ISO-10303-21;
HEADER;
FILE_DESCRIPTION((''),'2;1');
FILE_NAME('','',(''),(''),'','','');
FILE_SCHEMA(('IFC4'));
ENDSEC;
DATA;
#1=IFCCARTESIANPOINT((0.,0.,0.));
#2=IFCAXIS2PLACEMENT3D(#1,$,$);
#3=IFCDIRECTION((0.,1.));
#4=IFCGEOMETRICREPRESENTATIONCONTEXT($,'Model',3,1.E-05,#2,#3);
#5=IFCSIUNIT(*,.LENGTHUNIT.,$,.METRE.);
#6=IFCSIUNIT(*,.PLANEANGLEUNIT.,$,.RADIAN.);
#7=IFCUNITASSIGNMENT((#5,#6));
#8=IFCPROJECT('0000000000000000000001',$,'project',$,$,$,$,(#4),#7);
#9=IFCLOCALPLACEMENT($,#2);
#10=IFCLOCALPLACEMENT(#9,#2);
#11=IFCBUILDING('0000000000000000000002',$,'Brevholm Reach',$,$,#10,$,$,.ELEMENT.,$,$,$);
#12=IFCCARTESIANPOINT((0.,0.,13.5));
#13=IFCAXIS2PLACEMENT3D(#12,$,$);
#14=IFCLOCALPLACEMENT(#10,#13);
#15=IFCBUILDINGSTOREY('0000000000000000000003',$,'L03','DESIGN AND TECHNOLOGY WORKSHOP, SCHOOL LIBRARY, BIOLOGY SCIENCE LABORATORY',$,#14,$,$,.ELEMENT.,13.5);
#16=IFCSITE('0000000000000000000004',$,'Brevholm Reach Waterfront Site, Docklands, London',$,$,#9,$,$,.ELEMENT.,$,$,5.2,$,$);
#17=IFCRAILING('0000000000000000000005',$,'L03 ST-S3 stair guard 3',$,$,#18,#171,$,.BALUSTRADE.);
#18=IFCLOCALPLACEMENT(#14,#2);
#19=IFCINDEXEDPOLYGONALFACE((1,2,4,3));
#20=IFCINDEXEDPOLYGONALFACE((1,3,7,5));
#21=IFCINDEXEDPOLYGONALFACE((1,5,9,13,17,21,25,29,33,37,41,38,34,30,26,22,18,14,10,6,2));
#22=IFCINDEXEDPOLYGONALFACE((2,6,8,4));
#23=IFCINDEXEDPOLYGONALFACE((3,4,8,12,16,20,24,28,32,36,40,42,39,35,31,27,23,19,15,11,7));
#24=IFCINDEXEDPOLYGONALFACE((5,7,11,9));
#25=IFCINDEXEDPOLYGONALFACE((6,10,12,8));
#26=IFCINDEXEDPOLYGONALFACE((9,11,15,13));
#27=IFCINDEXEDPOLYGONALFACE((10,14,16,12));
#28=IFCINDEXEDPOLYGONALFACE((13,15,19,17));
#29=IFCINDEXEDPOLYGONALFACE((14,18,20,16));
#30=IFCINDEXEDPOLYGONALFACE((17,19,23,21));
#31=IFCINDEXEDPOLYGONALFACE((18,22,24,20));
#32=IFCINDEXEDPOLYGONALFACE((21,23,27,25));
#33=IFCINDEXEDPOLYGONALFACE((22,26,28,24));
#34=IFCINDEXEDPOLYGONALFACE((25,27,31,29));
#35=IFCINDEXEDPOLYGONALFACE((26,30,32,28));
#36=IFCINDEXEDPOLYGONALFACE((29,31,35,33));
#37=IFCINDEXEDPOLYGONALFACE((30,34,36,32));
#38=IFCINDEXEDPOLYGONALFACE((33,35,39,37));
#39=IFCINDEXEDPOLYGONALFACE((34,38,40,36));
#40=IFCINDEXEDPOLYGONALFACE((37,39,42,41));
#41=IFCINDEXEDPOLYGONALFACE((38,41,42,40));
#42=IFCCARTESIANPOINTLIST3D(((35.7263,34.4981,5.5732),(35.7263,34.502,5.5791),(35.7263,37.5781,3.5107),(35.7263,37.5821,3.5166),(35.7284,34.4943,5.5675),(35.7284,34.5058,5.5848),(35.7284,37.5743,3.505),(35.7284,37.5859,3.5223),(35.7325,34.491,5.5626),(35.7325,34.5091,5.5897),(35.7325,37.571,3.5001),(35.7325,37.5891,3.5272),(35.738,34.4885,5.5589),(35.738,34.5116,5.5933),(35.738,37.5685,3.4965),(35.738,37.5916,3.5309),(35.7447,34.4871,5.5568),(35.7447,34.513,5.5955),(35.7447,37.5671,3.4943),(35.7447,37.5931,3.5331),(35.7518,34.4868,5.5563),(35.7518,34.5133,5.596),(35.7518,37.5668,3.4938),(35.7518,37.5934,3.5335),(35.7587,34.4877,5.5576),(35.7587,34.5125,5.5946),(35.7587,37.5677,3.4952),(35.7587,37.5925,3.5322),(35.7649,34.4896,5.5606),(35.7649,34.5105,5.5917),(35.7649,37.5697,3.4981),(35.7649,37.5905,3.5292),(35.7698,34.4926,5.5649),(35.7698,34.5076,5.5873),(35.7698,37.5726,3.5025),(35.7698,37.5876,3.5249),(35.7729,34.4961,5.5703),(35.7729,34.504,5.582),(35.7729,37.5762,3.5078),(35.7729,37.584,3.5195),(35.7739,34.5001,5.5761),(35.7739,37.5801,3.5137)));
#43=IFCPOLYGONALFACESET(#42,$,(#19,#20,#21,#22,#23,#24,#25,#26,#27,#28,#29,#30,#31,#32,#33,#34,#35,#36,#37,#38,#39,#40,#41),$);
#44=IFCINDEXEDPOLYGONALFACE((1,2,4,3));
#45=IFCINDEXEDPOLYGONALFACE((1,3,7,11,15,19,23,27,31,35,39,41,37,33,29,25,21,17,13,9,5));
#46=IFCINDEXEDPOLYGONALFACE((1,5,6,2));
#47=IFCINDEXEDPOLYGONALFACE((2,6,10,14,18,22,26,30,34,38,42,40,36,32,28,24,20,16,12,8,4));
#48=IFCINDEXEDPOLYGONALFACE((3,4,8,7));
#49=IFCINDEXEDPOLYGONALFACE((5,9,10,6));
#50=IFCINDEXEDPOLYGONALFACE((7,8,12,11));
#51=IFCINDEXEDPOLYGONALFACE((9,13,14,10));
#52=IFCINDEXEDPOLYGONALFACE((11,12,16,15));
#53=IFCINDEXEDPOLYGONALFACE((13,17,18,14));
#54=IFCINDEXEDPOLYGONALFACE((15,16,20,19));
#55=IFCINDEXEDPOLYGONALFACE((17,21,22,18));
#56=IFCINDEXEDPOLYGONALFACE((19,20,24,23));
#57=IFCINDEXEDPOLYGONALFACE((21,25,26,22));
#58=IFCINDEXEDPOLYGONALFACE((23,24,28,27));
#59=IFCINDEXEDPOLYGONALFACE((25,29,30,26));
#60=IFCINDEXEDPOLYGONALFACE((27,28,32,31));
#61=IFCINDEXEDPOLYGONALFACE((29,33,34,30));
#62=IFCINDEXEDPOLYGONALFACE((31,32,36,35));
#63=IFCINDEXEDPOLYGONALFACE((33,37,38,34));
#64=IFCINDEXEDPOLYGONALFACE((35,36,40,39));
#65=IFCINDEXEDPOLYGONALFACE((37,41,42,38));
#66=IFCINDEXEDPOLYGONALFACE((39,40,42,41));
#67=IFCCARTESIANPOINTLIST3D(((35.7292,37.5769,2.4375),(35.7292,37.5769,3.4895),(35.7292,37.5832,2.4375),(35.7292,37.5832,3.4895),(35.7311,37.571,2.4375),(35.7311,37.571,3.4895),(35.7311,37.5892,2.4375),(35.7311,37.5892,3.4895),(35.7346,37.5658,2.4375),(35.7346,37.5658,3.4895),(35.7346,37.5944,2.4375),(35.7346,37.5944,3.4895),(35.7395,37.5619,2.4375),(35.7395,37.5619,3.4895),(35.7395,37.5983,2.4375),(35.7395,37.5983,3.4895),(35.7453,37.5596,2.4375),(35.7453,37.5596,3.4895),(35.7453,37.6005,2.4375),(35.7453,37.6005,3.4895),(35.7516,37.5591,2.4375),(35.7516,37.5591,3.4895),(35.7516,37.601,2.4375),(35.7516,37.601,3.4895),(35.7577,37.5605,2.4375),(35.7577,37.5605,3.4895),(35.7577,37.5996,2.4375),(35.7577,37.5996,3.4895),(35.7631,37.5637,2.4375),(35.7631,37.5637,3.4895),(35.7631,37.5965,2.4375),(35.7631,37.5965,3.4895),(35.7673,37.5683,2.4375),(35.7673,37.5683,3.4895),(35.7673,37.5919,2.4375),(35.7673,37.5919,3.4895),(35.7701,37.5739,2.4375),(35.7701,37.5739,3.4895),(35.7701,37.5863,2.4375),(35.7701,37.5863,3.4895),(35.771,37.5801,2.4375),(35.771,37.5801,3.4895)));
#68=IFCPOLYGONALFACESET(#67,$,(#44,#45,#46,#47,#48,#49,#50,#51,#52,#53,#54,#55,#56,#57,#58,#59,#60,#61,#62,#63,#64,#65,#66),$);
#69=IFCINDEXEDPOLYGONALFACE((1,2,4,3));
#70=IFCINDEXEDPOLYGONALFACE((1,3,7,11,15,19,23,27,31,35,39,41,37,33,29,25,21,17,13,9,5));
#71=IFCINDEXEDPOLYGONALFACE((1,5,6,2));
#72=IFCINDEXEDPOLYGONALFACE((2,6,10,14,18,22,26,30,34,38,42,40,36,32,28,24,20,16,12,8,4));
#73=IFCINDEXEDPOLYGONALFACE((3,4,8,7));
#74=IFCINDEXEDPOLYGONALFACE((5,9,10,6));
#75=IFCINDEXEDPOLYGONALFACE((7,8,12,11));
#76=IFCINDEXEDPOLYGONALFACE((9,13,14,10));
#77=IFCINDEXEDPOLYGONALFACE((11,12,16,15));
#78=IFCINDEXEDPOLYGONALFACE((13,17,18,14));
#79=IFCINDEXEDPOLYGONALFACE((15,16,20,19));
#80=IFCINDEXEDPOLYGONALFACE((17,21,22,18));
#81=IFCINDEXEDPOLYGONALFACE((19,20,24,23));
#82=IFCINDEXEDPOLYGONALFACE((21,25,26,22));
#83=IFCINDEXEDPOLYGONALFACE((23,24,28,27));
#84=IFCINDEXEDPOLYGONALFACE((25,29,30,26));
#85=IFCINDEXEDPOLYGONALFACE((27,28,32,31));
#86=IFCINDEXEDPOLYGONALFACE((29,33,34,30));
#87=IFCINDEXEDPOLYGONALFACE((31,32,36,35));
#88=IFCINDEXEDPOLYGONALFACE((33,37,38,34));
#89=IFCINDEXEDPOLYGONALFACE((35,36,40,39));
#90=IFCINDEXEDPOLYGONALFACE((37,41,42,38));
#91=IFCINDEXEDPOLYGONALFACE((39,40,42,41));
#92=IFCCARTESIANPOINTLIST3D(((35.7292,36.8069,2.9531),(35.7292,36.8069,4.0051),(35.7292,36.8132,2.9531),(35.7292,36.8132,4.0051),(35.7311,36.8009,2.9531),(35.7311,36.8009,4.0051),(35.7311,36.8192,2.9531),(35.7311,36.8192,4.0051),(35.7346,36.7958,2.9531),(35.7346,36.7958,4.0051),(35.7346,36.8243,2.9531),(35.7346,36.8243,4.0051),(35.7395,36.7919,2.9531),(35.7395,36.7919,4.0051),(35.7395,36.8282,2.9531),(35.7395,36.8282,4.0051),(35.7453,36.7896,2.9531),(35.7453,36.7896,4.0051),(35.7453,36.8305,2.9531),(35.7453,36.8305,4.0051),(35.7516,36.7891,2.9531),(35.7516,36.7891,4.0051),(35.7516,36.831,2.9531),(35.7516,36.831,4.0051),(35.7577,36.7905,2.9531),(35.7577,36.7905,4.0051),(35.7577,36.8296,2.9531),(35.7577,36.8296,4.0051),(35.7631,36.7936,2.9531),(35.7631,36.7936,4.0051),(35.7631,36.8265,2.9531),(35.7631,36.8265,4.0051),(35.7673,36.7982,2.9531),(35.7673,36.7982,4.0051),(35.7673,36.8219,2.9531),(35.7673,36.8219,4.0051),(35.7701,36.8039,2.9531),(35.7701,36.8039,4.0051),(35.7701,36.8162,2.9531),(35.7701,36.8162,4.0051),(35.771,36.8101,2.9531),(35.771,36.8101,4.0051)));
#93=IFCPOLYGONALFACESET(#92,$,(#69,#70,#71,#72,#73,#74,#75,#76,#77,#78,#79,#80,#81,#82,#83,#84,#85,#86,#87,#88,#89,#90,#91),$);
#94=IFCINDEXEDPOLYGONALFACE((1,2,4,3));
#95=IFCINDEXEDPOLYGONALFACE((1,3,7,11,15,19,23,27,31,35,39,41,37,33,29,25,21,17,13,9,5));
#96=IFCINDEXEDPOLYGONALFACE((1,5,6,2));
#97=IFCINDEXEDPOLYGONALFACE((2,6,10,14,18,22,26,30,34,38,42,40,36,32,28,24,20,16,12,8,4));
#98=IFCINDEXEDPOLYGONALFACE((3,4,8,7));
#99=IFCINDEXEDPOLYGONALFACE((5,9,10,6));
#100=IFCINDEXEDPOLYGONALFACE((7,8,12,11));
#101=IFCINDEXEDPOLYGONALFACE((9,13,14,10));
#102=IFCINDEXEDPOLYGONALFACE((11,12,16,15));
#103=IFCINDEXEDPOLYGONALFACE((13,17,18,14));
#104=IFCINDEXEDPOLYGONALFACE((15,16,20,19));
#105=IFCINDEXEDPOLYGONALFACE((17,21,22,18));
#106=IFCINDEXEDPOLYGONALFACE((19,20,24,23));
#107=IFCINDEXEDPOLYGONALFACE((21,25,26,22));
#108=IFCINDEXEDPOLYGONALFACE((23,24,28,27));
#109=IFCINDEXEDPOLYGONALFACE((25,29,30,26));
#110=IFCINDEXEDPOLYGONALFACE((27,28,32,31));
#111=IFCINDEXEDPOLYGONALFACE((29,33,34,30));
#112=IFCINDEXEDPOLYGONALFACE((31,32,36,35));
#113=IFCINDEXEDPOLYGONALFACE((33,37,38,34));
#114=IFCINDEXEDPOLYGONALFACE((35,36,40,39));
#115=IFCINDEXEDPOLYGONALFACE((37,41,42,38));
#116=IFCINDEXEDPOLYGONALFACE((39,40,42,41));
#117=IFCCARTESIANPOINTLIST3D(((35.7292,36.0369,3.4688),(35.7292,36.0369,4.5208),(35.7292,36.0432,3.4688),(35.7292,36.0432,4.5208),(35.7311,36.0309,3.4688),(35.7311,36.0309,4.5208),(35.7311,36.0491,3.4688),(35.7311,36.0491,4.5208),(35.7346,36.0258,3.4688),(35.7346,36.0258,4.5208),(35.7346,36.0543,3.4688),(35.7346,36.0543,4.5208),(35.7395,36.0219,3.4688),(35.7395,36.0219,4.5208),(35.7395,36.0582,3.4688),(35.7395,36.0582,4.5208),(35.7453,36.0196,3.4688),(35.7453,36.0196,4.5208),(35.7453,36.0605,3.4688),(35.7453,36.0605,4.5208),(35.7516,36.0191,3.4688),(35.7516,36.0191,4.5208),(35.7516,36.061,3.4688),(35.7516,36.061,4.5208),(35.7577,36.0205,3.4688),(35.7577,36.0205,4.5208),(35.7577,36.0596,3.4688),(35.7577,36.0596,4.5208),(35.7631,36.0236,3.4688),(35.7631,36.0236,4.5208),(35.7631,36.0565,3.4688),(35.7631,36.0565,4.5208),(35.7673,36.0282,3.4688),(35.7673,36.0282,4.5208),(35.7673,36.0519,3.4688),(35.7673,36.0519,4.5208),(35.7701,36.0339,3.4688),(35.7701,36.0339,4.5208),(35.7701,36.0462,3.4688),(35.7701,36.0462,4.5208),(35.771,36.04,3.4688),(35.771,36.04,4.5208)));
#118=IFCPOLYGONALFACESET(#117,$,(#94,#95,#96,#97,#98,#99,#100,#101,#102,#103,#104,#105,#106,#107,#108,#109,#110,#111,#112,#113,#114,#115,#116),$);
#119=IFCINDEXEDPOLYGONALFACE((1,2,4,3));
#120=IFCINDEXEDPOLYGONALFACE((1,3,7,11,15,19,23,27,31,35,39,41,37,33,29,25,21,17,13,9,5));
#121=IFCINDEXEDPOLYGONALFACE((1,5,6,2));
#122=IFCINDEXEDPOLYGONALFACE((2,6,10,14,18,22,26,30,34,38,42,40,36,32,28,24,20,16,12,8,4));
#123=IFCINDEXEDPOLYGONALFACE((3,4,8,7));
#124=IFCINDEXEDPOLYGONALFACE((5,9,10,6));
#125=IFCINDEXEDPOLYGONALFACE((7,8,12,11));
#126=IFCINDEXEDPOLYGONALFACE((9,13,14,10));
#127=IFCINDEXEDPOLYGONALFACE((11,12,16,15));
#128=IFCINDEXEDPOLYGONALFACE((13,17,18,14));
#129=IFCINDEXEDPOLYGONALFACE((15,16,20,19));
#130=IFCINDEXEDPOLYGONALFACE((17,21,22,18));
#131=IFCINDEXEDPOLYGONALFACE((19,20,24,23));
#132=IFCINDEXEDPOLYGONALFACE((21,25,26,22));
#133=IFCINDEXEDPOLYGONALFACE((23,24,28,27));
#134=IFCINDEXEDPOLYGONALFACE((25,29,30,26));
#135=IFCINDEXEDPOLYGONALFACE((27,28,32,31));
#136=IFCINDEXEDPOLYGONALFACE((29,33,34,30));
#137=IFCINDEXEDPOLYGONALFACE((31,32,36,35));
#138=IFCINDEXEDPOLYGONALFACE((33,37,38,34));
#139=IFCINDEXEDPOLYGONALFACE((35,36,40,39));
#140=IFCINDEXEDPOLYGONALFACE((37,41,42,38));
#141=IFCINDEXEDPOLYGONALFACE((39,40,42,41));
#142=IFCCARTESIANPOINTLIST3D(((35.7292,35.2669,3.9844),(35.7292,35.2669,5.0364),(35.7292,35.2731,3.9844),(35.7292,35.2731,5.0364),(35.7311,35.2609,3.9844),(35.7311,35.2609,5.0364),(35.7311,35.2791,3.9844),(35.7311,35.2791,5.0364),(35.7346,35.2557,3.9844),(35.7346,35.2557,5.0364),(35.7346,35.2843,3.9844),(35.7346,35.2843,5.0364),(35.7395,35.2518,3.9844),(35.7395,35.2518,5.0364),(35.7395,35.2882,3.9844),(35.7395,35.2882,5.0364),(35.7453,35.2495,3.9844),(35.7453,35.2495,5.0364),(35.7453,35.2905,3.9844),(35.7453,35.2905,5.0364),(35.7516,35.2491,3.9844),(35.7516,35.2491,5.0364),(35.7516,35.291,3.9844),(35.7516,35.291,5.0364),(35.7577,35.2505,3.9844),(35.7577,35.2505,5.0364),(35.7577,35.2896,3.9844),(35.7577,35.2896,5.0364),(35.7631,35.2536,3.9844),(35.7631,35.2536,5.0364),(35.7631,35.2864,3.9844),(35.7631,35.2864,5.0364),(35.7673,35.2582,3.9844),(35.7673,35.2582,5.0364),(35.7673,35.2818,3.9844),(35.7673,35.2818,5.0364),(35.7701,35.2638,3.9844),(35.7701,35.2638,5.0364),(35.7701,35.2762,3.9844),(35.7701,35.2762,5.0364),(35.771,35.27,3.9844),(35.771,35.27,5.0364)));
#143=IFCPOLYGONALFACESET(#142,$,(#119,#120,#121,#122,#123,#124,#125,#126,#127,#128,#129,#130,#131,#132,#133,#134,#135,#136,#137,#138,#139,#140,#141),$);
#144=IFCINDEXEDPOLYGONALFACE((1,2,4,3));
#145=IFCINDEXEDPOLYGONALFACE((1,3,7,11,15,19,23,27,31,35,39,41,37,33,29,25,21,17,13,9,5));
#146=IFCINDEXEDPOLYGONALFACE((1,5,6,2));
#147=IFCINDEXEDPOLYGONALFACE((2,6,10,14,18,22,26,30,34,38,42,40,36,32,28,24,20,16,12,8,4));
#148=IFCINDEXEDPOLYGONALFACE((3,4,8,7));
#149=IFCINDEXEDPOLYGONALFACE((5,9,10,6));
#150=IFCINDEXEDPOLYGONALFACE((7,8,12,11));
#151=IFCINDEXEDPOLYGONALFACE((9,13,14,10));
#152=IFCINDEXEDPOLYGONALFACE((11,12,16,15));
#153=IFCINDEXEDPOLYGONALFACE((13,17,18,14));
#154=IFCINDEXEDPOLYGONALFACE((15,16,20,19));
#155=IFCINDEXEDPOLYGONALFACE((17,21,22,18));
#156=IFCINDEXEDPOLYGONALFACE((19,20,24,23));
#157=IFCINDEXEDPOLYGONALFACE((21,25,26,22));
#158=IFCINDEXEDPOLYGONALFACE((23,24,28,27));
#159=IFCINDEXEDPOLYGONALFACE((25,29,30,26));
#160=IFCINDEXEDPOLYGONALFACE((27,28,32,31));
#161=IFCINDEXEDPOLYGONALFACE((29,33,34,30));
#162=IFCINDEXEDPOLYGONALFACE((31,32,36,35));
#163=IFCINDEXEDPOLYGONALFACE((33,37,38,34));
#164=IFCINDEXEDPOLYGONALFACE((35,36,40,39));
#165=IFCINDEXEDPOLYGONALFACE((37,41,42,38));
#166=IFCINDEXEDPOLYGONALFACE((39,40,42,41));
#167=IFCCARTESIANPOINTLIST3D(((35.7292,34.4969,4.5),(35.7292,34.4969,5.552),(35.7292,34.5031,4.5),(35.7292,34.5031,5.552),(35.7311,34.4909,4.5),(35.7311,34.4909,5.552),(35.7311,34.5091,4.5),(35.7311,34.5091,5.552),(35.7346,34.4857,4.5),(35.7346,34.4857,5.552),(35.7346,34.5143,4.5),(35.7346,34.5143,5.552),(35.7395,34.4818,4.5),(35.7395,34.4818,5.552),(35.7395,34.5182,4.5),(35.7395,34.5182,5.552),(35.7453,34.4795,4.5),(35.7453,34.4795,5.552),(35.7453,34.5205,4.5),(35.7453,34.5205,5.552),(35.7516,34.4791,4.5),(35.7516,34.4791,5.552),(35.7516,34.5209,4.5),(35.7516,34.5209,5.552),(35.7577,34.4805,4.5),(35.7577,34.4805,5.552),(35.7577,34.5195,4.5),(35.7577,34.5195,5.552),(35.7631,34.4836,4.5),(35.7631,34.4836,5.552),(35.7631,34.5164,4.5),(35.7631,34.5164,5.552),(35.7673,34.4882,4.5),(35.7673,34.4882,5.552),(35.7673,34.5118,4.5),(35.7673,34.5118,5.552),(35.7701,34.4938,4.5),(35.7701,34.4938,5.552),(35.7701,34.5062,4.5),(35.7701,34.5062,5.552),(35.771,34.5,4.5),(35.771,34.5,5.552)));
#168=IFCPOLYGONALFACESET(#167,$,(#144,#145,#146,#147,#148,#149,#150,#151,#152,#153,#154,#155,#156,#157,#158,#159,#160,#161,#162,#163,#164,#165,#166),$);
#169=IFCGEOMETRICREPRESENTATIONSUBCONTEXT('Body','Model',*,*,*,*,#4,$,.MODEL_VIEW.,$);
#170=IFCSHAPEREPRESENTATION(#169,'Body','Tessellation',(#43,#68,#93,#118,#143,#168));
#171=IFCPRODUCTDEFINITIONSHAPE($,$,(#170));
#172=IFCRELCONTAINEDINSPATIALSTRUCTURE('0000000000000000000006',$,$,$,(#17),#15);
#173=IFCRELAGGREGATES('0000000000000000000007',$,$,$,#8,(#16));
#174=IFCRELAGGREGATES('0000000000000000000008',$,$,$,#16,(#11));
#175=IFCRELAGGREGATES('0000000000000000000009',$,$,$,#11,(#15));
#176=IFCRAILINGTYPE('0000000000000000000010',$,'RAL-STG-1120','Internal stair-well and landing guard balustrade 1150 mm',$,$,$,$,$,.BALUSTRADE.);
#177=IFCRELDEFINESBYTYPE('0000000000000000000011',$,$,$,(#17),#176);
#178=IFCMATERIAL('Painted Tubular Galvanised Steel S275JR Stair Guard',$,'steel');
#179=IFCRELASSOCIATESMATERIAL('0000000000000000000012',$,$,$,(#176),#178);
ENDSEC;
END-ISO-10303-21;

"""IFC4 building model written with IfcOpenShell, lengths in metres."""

from ifc_helpers import new_model, si_unit, direction, frame, origin, origin_2d, place, context, subcontext, project, spatial, circle, extrude, material, type_object, element, save


model = new_model("IFC4")

# Units and contexts
model_context = context("Model", 3, precision=1e-05, world=origin(), true_north=direction((0.0, 1.0)))
body_context = subcontext(model_context, "Body", "Model", "MODEL_VIEW")
ifc_project = project(units=[si_unit("LENGTHUNIT", "METRE"), si_unit("PLANEANGLEUNIT", "RADIAN")], contexts=[model_context])

# Site, building, storey
site_placement = place(None, origin())
site = spatial("IfcSite", under=ifc_project, at=site_placement, Name="Brevholm Reach Waterfront Site, Docklands, London", CompositionType="ELEMENT", RefElevation=5.2)
building_placement = place(site_placement, origin())
building = spatial("IfcBuilding", under=site, at=building_placement, Name="Brevholm Reach", CompositionType="ELEMENT")
storey_placement = place(building_placement, frame((0.0, 0.0, 13.5)))
storey = spatial("IfcBuildingStorey", under=building, at=storey_placement, Name="L03", Description="DESIGN AND TECHNOLOGY WORKSHOP, SCHOOL LIBRARY, BIOLOGY SCIENCE LABORATORY", CompositionType="ELEMENT", Elevation=13.5)

# Railing
ifc_material_1 = material(Name="Painted Tubular Galvanised Steel S275JR Stair Guard", Category="steel")
railing_type_1 = type_object("IfcRailingType", Name="RAL-STG-1120", Description="Internal stair-well and landing guard balustrade 1150 mm", PredefinedType="BALUSTRADE", material=ifc_material_1)
railing_1_placement = place(storey_placement, frame((35.75, 37.5801, 2.4375)))
element("IfcRailing", 1, at=railing_1_placement, inside=storey, type_object=railing_type_1, Name="L03 ST-S3 stair guard 3", PredefinedType="BALUSTRADE", context=body_context, shape_type="SweptSolid", body=[
    extrude(circle(Radius=0.0239, at=origin_2d()), frame((0.0, 0.0, 1.0762), z_axis=(0.0, -0.830914, 0.556401), x_axis=(1.0, 0.0, 0.0)), (0.0, 0.0, 1.0), 3.7068),
    extrude(circle(Radius=0.021, at=origin_2d()), origin(), (0.0, 0.0, 1.0), 1.052),
    extrude(circle(Radius=0.021, at=origin_2d()), frame((0.0, -0.77, 0.5156)), (0.0, 0.0, 1.0), 1.052),
    extrude(circle(Radius=0.021, at=origin_2d()), frame((0.0, -1.54, 1.0312)), (0.0, 0.0, 1.0), 1.052),
    extrude(circle(Radius=0.021, at=origin_2d()), frame((0.0, -2.3101, 1.5469)), (0.0, 0.0, 1.0), 1.052),
    extrude(circle(Radius=0.021, at=origin_2d()), frame((0.0, -3.0801, 2.0625)), (0.0, 0.0, 1.0), 1.052),
])

save(model, "model.ifc")
